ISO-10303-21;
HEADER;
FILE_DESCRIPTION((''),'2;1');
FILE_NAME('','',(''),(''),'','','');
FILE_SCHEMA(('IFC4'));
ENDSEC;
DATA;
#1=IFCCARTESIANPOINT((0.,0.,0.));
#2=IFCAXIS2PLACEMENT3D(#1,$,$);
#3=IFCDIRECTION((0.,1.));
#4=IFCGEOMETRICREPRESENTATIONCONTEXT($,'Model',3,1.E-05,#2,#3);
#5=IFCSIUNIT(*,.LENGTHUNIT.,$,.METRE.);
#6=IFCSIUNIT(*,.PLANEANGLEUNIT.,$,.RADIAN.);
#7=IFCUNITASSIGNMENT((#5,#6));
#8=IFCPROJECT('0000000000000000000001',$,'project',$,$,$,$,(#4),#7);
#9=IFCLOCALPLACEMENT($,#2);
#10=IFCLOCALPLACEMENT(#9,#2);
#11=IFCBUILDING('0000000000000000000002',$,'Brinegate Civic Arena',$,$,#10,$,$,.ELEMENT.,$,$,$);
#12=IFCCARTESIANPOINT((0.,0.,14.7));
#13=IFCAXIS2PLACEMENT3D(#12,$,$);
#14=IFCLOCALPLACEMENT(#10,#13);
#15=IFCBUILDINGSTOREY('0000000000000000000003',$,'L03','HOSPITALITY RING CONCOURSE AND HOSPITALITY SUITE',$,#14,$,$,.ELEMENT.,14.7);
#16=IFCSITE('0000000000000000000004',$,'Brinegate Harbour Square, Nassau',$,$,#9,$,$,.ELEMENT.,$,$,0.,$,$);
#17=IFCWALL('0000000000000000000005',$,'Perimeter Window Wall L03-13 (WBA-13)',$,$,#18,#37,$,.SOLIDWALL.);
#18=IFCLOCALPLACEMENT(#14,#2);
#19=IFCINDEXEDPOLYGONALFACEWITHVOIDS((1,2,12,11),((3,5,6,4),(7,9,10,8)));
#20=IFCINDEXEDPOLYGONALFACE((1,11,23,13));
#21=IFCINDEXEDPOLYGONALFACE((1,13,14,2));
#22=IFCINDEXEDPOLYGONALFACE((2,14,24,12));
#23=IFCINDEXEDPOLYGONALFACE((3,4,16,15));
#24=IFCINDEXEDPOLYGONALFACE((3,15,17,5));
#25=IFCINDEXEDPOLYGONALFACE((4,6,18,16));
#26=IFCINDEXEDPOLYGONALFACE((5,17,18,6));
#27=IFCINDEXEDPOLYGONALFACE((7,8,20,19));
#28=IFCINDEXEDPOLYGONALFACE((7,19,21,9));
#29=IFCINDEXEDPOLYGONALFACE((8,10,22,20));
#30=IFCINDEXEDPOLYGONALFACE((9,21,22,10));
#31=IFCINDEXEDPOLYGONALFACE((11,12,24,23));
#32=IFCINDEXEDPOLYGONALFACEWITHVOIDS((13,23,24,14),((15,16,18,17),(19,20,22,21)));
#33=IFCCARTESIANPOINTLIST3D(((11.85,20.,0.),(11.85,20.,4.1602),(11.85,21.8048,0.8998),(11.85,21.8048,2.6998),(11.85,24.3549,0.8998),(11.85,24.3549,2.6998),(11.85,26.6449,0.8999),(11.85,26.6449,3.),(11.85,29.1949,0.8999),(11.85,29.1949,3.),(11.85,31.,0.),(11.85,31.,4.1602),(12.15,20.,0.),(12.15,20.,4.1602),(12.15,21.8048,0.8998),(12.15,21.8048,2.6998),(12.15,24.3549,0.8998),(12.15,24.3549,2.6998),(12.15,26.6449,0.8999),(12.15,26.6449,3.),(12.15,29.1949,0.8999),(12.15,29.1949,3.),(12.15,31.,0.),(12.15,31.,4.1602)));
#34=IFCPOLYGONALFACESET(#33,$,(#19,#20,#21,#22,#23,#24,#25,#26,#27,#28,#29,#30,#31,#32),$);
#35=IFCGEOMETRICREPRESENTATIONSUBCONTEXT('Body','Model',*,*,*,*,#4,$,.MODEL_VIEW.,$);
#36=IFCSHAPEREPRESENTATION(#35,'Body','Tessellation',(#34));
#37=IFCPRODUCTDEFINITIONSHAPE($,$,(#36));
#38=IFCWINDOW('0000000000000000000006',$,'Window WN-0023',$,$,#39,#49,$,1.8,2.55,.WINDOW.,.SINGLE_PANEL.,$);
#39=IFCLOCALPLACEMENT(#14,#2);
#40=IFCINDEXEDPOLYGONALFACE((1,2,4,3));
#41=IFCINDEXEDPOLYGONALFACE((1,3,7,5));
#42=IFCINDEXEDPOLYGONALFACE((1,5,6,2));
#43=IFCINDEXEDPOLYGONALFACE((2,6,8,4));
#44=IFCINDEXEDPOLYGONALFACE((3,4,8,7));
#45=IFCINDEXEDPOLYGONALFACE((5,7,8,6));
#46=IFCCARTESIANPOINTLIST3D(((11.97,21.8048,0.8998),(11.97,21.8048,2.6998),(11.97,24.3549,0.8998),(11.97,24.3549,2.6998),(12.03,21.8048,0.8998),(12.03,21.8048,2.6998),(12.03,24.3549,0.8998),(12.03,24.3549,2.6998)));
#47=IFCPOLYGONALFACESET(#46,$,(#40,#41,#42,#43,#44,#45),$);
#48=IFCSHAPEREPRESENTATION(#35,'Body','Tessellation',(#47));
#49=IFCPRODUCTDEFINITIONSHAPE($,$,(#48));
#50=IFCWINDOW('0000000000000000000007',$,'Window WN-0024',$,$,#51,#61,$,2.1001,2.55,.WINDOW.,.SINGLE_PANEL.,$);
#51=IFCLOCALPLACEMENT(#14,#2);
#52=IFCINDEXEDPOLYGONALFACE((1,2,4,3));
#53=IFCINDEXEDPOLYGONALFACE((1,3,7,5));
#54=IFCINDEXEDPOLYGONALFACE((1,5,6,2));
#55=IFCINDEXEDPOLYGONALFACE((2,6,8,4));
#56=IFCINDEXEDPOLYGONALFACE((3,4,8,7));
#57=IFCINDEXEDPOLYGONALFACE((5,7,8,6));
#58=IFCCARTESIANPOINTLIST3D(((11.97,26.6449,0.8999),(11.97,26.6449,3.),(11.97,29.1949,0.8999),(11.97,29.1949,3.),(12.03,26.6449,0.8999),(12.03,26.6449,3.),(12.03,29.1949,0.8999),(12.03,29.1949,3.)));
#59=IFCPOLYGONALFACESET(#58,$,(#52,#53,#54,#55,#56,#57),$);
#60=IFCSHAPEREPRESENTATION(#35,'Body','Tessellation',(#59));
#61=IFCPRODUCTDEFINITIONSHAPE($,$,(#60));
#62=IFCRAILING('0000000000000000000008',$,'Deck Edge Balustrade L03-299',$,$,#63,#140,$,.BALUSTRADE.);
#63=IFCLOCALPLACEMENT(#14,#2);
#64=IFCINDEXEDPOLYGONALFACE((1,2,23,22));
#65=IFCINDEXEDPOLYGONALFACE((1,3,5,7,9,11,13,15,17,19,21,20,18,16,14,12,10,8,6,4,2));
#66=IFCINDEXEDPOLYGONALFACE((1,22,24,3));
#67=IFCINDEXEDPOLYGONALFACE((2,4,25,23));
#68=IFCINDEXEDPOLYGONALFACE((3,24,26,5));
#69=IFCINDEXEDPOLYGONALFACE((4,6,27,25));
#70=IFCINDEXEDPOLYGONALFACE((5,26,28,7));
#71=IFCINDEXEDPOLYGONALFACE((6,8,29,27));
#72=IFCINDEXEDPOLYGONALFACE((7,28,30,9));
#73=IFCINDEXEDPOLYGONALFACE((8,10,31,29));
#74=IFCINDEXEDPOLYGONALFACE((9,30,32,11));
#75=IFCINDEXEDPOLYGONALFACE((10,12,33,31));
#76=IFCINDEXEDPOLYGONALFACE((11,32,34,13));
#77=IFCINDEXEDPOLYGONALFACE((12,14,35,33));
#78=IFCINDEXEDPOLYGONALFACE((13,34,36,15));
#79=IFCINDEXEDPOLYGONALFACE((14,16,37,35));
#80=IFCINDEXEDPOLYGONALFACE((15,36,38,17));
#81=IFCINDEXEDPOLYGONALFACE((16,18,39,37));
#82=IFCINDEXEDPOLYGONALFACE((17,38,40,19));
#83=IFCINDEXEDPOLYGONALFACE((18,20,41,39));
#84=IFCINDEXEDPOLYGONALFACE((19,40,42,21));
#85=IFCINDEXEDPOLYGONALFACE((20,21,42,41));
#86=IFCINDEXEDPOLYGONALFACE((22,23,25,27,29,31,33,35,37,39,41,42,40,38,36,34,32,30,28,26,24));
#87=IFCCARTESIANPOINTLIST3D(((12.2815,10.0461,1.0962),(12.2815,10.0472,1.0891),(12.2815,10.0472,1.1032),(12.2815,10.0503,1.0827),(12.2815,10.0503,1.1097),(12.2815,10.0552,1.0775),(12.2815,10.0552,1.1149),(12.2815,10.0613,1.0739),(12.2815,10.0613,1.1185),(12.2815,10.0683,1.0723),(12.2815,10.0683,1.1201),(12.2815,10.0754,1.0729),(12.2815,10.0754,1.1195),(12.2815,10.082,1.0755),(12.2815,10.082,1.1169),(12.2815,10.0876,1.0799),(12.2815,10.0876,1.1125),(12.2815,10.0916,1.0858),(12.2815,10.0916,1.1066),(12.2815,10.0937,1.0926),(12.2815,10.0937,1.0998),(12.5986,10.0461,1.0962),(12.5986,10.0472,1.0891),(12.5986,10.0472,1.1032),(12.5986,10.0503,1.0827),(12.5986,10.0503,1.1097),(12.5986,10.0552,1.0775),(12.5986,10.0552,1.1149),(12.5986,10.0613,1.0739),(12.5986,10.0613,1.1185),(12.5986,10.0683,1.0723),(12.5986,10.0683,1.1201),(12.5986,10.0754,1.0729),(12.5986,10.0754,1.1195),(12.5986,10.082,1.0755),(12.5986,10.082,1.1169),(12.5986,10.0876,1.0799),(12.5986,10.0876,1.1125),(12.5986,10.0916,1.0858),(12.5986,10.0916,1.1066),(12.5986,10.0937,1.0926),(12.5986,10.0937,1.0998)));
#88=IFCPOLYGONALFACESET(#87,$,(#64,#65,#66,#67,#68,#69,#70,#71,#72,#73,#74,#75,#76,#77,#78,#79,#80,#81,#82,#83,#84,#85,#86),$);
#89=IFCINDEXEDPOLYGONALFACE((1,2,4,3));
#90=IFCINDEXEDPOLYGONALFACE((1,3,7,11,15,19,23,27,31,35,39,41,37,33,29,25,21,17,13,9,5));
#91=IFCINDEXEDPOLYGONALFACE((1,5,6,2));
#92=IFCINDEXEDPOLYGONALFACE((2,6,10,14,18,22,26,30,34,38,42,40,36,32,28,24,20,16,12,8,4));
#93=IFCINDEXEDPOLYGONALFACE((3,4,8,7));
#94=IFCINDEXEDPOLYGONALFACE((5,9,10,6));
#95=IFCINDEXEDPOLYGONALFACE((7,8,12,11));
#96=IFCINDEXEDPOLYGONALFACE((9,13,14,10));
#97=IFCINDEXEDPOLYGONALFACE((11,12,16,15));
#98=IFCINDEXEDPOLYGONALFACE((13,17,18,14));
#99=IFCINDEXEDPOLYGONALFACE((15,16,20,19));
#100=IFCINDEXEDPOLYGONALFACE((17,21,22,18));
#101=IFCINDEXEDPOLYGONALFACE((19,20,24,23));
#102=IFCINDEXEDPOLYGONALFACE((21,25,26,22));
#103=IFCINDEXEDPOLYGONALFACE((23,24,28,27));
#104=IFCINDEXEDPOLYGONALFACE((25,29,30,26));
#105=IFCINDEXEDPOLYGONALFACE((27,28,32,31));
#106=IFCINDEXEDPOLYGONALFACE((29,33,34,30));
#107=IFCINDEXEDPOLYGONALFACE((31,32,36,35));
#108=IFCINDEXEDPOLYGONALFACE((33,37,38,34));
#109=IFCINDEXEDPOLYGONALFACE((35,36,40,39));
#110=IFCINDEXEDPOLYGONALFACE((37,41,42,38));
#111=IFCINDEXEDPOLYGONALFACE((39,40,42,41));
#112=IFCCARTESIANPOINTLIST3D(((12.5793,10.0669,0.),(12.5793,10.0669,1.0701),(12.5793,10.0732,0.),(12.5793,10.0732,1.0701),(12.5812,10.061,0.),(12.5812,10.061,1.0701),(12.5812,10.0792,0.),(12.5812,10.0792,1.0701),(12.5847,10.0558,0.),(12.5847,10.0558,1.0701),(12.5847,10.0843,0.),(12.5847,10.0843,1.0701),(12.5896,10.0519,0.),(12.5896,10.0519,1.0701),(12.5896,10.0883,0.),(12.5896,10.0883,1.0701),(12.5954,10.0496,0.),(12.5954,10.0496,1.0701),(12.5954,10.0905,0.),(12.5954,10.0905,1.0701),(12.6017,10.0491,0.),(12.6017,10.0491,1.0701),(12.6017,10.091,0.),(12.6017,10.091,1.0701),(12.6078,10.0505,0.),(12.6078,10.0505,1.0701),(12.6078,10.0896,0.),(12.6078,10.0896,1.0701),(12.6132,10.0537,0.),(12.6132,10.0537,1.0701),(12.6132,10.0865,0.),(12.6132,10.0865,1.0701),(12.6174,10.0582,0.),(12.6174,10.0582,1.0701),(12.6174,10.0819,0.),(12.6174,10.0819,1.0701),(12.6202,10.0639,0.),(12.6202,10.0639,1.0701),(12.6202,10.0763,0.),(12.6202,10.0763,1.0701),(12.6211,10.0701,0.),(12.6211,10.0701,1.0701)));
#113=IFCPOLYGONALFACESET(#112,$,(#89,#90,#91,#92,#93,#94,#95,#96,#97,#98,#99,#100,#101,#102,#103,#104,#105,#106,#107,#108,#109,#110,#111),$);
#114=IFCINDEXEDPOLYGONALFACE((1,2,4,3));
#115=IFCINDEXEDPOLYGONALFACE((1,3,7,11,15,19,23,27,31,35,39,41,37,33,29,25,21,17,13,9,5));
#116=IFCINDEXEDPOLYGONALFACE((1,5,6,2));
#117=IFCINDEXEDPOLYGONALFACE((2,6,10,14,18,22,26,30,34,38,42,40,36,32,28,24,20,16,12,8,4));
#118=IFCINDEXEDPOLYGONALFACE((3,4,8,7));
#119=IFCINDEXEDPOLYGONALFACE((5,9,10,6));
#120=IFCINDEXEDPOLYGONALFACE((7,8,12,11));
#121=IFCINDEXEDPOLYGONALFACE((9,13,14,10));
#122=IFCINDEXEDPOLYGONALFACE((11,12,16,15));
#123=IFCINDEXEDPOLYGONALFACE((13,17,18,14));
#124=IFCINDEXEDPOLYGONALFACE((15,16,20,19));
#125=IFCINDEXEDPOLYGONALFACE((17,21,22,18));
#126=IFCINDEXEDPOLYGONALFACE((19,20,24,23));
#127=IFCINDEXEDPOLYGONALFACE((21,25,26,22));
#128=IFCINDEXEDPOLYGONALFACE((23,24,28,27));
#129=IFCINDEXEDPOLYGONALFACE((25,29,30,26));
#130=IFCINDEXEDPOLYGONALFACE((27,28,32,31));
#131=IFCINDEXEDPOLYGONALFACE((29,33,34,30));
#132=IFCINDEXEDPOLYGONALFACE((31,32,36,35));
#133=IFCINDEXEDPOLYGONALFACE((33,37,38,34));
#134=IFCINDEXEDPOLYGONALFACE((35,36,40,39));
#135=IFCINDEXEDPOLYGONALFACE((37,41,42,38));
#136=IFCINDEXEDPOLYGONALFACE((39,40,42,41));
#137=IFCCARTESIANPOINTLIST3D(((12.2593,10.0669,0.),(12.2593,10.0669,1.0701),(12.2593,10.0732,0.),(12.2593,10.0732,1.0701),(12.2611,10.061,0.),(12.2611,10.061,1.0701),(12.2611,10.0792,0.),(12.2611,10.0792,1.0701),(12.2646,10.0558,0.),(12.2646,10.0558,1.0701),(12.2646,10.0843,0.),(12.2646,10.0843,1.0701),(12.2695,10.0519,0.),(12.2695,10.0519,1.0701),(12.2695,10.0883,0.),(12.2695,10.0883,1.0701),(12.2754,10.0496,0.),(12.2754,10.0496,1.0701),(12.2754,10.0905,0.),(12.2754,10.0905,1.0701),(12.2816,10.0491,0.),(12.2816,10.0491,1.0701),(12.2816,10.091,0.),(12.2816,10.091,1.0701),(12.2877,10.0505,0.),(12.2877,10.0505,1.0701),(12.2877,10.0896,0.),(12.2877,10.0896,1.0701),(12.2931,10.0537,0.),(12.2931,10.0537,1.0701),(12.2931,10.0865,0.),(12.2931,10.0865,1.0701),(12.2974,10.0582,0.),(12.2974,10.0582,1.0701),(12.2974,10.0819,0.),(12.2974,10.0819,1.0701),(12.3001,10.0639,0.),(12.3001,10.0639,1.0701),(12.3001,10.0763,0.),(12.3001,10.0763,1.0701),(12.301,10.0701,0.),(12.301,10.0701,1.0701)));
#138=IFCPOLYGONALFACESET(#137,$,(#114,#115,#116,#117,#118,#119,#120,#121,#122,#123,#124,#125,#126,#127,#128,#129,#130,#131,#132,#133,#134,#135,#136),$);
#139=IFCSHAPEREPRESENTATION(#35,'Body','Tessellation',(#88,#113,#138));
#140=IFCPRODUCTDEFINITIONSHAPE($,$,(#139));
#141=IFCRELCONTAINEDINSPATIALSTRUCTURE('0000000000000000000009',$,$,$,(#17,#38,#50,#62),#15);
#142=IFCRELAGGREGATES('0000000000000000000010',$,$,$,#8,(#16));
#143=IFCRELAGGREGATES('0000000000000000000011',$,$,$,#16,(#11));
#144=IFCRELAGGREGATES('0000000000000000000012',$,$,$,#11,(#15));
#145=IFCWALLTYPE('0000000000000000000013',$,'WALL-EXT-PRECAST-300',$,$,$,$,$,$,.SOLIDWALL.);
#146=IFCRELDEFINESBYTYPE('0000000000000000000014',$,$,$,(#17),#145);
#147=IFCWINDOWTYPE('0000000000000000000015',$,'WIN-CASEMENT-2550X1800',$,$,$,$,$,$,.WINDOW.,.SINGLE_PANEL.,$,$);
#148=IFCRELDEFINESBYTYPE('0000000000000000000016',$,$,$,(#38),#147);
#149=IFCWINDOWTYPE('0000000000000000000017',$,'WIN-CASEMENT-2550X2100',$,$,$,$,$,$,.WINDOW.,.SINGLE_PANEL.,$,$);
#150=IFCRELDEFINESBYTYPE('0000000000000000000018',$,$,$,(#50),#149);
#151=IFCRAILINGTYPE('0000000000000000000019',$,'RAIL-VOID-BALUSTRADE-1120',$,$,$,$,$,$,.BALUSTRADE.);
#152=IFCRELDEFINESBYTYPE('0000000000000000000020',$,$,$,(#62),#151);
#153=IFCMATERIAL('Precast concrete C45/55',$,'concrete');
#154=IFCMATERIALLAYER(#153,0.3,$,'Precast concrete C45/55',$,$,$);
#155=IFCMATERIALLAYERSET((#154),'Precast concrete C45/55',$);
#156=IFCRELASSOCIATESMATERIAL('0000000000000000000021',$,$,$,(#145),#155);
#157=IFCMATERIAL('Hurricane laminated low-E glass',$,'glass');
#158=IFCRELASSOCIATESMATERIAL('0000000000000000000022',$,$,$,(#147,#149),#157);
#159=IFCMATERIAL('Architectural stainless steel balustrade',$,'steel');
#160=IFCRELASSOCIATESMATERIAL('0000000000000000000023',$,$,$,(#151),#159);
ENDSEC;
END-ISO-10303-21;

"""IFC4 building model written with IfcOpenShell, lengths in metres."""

from ifc_helpers import new_model, si_unit, direction, frame, frame_2d, origin, origin_2d, place, context, subcontext, project, spatial, rectangle, circle, extrude, material, layer, layer_set, type_object, element, fill, save


model = new_model("IFC4")

# Units and contexts
model_context = context("Model", 3, precision=1e-05, world=origin(), true_north=direction((0.0, 1.0)))
body_context = subcontext(model_context, "Body", "Model", "MODEL_VIEW")
ifc_project = project(units=[si_unit("LENGTHUNIT", "METRE"), si_unit("PLANEANGLEUNIT", "RADIAN")], contexts=[model_context])

# Site, building, storey
site_placement = place(None, origin())
site = spatial("IfcSite", under=ifc_project, at=site_placement, Name="Brinegate Harbour Square, Nassau", CompositionType="ELEMENT", RefElevation=0.0)
building_placement = place(site_placement, origin())
building = spatial("IfcBuilding", under=site, at=building_placement, Name="Brinegate Civic Arena", CompositionType="ELEMENT")
storey_placement = place(building_placement, frame((0.0, 0.0, 14.7)))
storey = spatial("IfcBuildingStorey", under=building, at=storey_placement, Name="L03", Description="HOSPITALITY RING CONCOURSE AND HOSPITALITY SUITE", CompositionType="ELEMENT", Elevation=14.7)

# Shared definitions
ifc_material_1 = material(Name="Hurricane laminated low-E glass", Category="glass")

# Wall, openings, windows
ifc_material_2 = material(Name="Precast concrete C45/55", Category="concrete")
ifc_layer_1 = layer(ifc_material_2, 0.3, Name="Precast concrete C45/55")
ifc_layer_set_1 = layer_set([ifc_layer_1], Name="Precast concrete C45/55")
wall_type = type_object("IfcWallType", Name="WALL-EXT-PRECAST-300", PredefinedType="SOLIDWALL", material=ifc_layer_set_1)
wall_placement = place(storey_placement, frame((12.0, 20.0, 0.0), z_axis=(0.0, 0.0, 1.0), x_axis=(0.0, 1.0, 0.0)))
wall = element("IfcWall", 1, at=wall_placement, inside=storey, type_object=wall_type, Name="Perimeter Window Wall L03-13 (WBA-13)", PredefinedType="SOLIDWALL", context=body_context, shape_type="SweptSolid", body=[
    extrude(rectangle(XDim=11.0, YDim=0.3, at=frame_2d((5.5, 0.0))), origin(), (0.0, 0.0, 1.0), 4.1602),
])
opening_1_placement = place(wall_placement, frame((1.8049, 0.0, 0.8999)))
opening_1 = element("IfcOpeningElement", 2, at=opening_1_placement, cuts=wall, PredefinedType="OPENING", context=body_context, shape_type="SweptSolid", body=[
    extrude(rectangle(XDim=2.55, YDim=1.8, at=frame_2d((1.2749, 0.8999))), frame((0.0, 0.1599, 0.0), z_axis=(0.0, -1.0, 0.0), x_axis=(1.0, 0.0, 0.0)), (0.0, 0.0, 1.0), 0.3201),
])
opening_2_placement = place(wall_placement, frame((6.645, 0.0, 0.8999)))
opening_2 = element("IfcOpeningElement", 3, at=opening_2_placement, cuts=wall, PredefinedType="OPENING", context=body_context, shape_type="SweptSolid", body=[
    extrude(rectangle(XDim=2.55, YDim=2.1001, at=frame_2d((1.2749, 1.05))), frame((0.0, 0.1599, 0.0), z_axis=(0.0, -1.0, 0.0), x_axis=(1.0, 0.0, 0.0)), (0.0, 0.0, 1.0), 0.3201),
])
window_type_1 = type_object("IfcWindowType", Name="WIN-CASEMENT-2550X1800", PartitioningType="SINGLE_PANEL", PredefinedType="WINDOW", material=ifc_material_1)
window_1_placement = place(opening_1_placement, origin())
window_1 = element("IfcWindow", 4, at=window_1_placement, inside=storey, type_object=window_type_1, Name="Window WN-0023", OverallHeight=1.8, OverallWidth=2.55, PartitioningType="SINGLE_PANEL", PredefinedType="WINDOW", context=body_context, shape_type="SweptSolid", body=[
    extrude(rectangle(XDim=2.55, YDim=1.8, at=frame_2d((1.2749, 0.8999))), frame((0.0, 0.03, 0.0), z_axis=(0.0, -1.0, 0.0), x_axis=(1.0, 0.0, 0.0)), (0.0, 0.0, 1.0), 0.0601),
])
fill(opening_1, window_1)
window_type_2 = type_object("IfcWindowType", Name="WIN-CASEMENT-2550X2100", PartitioningType="SINGLE_PANEL", PredefinedType="WINDOW", material=ifc_material_1)
window_2_placement = place(opening_2_placement, origin())
window_2 = element("IfcWindow", 5, at=window_2_placement, inside=storey, type_object=window_type_2, Name="Window WN-0024", OverallHeight=2.1001, OverallWidth=2.55, PartitioningType="SINGLE_PANEL", PredefinedType="WINDOW", context=body_context, shape_type="SweptSolid", body=[
    extrude(rectangle(XDim=2.55, YDim=2.1001, at=frame_2d((1.2749, 1.05))), frame((0.0, 0.03, 0.0), z_axis=(0.0, -1.0, 0.0), x_axis=(1.0, 0.0, 0.0)), (0.0, 0.0, 1.0), 0.0601),
])
fill(opening_2, window_2)

# Railing
ifc_material_3 = material(Name="Architectural stainless steel balustrade", Category="steel")
railing_type = type_object("IfcRailingType", Name="RAIL-VOID-BALUSTRADE-1120", PredefinedType="BALUSTRADE", material=ifc_material_3)
railing_1_placement = place(storey_placement, frame((12.6001, 10.0701, 0.0)))
element("IfcRailing", 6, at=railing_1_placement, inside=storey, type_object=railing_type, Name="Deck Edge Balustrade L03-299", PredefinedType="BALUSTRADE", context=body_context, shape_type="SweptSolid", body=[
    extrude(circle(Radius=0.0239, at=origin_2d()), frame((-0.0015, 0.0, 1.0962), z_axis=(-1.0, 0.0, 0.0), x_axis=(0.0, -1.0, 0.0)), (0.0, 0.0, 1.0), 0.3171),
    extrude(circle(Radius=0.021, at=origin_2d()), origin(), (0.0, 0.0, 1.0), 1.0701),
    extrude(circle(Radius=0.021, at=origin_2d()), frame((-0.3201, 0.0, 0.0)), (0.0, 0.0, 1.0), 1.0701),
])

save(model, "model.ifc")
